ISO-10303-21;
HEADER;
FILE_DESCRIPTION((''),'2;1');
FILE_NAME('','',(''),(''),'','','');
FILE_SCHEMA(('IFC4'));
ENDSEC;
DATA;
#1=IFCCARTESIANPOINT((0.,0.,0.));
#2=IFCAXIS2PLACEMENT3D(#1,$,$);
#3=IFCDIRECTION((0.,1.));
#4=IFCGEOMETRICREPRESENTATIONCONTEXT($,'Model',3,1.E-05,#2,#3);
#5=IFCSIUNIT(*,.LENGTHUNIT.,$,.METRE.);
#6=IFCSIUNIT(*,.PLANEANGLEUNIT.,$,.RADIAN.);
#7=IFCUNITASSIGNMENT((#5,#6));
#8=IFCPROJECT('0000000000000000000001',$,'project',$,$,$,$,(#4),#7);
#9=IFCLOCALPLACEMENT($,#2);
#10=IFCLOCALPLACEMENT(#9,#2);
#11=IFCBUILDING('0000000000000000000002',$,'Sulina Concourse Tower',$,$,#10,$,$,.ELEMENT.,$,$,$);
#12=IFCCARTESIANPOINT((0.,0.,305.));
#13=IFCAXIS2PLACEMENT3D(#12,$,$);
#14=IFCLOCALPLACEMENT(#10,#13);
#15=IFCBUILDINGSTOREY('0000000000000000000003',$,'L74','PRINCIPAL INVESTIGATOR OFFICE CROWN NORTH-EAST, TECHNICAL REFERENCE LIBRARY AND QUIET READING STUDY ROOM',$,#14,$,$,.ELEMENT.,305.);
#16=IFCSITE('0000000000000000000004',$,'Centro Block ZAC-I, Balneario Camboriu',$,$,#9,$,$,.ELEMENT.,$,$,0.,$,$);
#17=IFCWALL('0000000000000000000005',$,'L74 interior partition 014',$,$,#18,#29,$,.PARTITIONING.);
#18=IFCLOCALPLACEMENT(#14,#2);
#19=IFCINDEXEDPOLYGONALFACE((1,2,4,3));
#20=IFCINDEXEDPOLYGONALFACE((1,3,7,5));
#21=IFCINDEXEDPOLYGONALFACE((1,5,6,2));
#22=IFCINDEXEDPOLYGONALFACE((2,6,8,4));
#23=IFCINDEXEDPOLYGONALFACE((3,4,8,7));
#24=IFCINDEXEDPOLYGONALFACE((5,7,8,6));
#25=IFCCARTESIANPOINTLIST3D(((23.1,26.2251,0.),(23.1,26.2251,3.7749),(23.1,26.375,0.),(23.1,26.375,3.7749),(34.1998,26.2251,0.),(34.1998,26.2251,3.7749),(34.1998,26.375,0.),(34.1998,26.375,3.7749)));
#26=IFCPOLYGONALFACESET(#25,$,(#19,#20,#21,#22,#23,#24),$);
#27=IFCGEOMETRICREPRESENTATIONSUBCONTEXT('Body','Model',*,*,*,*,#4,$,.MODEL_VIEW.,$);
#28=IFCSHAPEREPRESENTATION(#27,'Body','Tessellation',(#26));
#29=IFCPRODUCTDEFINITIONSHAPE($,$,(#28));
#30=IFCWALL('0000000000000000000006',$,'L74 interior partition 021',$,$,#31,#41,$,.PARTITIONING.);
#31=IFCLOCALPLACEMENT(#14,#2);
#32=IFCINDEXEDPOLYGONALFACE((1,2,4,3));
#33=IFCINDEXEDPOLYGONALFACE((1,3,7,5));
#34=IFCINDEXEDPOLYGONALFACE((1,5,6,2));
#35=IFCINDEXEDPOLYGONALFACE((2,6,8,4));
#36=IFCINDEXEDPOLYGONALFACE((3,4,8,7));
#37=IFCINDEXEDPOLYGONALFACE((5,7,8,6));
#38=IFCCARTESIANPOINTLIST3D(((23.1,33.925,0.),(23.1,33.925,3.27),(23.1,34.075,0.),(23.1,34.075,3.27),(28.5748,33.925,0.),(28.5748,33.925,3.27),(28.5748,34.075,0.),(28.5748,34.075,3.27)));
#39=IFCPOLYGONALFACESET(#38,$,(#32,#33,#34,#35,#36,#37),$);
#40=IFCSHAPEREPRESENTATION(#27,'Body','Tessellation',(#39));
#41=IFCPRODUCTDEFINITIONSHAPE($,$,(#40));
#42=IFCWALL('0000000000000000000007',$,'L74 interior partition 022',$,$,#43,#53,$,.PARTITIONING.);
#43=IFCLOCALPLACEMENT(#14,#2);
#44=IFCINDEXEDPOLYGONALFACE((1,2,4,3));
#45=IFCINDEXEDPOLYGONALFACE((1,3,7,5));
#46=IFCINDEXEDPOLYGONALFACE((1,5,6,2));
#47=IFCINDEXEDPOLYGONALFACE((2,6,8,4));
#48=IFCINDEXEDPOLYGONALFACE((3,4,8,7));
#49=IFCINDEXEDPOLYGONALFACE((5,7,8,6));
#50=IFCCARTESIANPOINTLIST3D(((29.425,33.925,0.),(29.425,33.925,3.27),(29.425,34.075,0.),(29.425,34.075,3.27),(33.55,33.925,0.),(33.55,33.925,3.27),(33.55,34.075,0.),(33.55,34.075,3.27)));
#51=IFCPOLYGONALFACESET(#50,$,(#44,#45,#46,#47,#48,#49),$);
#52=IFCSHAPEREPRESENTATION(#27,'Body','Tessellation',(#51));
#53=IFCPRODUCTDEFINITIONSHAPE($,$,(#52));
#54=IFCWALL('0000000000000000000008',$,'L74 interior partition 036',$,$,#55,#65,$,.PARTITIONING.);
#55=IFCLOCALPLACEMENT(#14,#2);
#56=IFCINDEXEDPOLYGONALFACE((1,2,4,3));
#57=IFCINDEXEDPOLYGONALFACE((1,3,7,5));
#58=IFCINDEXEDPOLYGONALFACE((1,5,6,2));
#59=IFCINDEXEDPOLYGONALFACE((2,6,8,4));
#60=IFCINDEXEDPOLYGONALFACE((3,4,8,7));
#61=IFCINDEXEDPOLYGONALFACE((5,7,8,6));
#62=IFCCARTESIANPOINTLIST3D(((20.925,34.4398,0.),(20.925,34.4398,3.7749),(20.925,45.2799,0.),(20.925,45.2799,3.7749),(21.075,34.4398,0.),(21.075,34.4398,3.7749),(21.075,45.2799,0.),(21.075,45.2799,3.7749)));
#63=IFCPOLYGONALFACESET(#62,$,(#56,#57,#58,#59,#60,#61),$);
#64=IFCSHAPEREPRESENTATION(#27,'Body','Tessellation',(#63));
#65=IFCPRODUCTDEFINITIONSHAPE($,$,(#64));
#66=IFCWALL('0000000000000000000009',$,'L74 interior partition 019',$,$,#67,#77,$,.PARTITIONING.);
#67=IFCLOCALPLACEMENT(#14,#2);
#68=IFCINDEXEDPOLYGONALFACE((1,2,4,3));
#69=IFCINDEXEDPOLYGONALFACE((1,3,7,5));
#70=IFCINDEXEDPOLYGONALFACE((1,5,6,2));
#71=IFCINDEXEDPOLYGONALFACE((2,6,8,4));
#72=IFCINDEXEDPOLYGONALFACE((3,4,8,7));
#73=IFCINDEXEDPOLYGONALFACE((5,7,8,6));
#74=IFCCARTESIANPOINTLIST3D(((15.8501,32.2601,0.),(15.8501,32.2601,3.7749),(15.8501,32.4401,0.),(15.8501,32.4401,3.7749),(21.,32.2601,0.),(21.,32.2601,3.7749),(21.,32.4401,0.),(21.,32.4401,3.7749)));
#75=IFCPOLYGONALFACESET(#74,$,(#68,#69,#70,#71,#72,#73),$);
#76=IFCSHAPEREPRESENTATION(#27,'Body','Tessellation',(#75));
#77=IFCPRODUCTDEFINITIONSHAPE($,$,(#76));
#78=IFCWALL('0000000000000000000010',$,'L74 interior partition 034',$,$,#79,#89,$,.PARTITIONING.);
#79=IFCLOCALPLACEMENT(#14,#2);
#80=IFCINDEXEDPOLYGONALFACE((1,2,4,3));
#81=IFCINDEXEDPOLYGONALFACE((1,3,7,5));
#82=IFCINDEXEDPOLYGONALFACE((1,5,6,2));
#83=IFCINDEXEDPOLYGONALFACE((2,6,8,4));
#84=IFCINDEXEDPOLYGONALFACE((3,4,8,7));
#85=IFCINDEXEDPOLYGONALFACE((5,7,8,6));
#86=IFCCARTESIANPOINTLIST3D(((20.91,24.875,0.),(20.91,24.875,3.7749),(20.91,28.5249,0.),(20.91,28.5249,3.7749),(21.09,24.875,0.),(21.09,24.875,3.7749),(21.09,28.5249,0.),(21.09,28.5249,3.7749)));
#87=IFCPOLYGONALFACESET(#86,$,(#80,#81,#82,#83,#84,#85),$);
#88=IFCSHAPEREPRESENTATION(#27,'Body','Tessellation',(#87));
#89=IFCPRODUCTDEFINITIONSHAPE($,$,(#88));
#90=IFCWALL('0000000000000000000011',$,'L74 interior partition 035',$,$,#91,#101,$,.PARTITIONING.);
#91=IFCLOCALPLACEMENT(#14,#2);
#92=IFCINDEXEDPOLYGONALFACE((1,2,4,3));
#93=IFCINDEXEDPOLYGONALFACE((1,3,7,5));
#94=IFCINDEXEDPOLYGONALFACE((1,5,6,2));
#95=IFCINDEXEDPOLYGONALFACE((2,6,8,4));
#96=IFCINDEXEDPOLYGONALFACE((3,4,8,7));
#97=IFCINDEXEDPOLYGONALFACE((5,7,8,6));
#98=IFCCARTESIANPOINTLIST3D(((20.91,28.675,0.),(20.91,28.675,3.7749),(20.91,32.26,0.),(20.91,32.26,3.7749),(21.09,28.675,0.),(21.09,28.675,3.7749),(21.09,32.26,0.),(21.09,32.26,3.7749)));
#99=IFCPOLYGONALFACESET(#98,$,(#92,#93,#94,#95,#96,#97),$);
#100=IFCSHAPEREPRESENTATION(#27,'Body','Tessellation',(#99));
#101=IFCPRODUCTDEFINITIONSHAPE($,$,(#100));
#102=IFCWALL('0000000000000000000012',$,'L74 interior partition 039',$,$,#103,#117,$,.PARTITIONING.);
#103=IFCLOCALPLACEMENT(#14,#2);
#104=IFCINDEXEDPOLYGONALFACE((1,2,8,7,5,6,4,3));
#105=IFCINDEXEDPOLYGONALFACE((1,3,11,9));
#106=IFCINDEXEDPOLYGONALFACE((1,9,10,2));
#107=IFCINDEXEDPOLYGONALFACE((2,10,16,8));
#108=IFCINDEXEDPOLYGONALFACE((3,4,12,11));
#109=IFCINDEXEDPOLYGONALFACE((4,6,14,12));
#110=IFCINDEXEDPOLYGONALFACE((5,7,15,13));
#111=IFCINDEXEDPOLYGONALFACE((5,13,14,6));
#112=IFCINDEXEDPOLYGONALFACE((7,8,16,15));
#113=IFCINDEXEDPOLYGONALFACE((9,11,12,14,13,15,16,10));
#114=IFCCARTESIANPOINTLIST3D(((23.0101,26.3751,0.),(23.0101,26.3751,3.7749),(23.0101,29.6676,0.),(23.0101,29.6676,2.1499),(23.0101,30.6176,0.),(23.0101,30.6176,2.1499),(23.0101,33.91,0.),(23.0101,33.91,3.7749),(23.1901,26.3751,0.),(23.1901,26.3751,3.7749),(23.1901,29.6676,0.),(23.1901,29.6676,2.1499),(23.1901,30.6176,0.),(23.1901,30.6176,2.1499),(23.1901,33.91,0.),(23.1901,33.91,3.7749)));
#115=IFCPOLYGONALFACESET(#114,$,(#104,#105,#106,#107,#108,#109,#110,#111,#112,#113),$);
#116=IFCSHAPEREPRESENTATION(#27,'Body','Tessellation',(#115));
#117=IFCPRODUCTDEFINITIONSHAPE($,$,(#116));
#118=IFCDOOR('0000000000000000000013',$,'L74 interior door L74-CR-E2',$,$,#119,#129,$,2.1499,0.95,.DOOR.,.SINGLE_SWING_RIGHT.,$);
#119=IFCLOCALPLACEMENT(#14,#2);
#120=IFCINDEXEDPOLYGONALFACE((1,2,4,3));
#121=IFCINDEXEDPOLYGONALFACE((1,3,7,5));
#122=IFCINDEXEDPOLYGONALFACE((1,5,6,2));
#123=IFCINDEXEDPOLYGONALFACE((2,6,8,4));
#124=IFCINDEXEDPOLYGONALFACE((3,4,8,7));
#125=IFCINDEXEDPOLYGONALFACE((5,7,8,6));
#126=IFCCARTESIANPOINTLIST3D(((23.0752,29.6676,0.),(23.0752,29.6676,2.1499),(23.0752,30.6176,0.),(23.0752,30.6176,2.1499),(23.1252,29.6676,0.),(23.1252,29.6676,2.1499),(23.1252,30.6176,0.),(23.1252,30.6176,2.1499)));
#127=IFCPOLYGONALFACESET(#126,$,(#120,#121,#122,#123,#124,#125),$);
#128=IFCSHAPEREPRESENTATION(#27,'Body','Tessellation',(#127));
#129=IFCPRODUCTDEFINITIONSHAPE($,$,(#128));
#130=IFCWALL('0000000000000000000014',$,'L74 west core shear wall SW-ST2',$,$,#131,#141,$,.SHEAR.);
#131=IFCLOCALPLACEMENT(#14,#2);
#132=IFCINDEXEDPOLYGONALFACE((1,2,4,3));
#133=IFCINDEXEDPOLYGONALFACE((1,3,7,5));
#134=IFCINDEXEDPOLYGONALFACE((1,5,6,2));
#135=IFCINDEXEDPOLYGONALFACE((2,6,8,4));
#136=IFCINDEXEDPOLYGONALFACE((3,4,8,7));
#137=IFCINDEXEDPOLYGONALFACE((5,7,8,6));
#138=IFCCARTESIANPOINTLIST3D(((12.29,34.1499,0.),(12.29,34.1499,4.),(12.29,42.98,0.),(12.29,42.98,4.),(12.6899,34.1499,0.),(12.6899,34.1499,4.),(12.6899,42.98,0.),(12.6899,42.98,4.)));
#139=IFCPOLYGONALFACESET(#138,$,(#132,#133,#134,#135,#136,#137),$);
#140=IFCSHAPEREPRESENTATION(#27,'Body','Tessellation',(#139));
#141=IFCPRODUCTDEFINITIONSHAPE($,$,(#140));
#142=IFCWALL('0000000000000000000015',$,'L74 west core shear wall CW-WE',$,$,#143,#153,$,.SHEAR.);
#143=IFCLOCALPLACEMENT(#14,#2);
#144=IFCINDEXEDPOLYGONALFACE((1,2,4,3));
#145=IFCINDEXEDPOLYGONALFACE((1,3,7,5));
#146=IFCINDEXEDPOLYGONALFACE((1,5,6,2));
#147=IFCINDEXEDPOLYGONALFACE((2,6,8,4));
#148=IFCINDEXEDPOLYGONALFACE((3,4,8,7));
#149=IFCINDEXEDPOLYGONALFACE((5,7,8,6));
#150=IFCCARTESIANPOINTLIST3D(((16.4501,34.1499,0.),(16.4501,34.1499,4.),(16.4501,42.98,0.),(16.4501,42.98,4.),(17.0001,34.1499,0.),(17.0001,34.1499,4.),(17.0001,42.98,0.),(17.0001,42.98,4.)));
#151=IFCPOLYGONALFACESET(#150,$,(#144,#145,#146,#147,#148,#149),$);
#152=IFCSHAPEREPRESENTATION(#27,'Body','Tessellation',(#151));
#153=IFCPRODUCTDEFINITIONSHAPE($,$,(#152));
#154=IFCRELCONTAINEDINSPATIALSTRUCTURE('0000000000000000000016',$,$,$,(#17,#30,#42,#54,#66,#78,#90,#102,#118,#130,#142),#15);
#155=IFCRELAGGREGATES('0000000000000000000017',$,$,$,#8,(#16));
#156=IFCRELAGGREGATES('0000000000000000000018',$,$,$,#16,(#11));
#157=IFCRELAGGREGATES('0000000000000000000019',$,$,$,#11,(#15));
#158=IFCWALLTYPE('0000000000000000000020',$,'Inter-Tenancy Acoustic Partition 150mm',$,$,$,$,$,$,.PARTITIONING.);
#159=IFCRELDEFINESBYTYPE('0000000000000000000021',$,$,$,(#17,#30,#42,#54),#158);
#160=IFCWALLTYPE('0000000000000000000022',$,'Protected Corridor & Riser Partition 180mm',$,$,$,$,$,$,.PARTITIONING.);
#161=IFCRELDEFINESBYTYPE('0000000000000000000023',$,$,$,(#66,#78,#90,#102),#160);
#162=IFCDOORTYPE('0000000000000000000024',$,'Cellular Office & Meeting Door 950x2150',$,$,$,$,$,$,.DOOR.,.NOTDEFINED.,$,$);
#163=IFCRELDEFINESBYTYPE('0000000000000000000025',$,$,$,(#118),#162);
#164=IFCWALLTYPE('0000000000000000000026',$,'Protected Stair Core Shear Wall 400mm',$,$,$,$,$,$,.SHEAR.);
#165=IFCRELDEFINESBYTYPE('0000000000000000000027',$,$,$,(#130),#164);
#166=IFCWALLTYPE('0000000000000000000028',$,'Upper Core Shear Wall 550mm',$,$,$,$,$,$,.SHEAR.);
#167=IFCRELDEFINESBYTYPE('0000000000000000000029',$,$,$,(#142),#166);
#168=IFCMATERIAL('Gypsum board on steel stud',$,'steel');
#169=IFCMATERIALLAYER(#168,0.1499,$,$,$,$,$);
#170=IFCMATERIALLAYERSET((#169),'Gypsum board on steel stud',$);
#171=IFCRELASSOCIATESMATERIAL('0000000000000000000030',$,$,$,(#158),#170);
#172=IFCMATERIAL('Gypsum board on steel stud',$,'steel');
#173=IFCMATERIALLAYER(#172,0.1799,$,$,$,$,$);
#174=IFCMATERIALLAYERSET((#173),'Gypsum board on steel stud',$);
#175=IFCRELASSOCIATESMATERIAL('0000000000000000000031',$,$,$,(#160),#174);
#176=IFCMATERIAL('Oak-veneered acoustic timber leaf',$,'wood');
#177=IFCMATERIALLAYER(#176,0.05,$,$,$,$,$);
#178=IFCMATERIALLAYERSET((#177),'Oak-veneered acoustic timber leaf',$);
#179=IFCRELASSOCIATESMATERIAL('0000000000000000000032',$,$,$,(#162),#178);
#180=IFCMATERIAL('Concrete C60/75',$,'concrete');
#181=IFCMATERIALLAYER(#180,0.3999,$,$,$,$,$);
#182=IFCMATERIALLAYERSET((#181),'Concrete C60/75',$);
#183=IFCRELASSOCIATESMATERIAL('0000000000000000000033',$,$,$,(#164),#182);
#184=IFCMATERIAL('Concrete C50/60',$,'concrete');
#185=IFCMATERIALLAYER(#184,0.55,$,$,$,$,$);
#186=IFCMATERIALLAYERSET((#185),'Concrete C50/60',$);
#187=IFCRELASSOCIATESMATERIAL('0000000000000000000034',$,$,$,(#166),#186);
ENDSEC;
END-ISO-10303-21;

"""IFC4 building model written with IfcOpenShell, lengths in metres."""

from ifc_helpers import new_model, si_unit, direction, frame, frame_2d, origin, place, context, subcontext, project, spatial, rectangle, extrude, material, layer, layer_set, type_object, element, fill, save


model = new_model("IFC4")

# Units and contexts
model_context = context("Model", 3, precision=1e-05, world=origin(), true_north=direction((0.0, 1.0)))
body_context = subcontext(model_context, "Body", "Model", "MODEL_VIEW")
ifc_project = project(units=[si_unit("LENGTHUNIT", "METRE"), si_unit("PLANEANGLEUNIT", "RADIAN")], contexts=[model_context])

# Site, building, storey
site_placement = place(None, origin())
site = spatial("IfcSite", under=ifc_project, at=site_placement, Name="Centro Block ZAC-I, Balneario Camboriu", CompositionType="ELEMENT", RefElevation=0.0)
building_placement = place(site_placement, origin())
building = spatial("IfcBuilding", under=site, at=building_placement, Name="Sulina Concourse Tower", CompositionType="ELEMENT")
storey_placement = place(building_placement, frame((0.0, 0.0, 305.0)))
storey = spatial("IfcBuildingStorey", under=building, at=storey_placement, Name="L74", Description="PRINCIPAL INVESTIGATOR OFFICE CROWN NORTH-EAST, TECHNICAL REFERENCE LIBRARY AND QUIET READING STUDY ROOM", CompositionType="ELEMENT", Elevation=305.0)

# Wall
ifc_material_1 = material(Name="Gypsum board on steel stud", Category="steel")
ifc_layer_1 = layer(ifc_material_1, 0.1499)
ifc_layer_set_1 = layer_set([ifc_layer_1], Name="Gypsum board on steel stud")
wall_type_1 = type_object("IfcWallType", Name="Inter-Tenancy Acoustic Partition 150mm", PredefinedType="PARTITIONING", material=ifc_layer_set_1)
wall_1_placement = place(storey_placement, frame((23.1001, 26.3, 0.0), z_axis=(0.0, 0.0, 1.0), x_axis=(1.0, 0.0, 0.0)))
element("IfcWall", 1, at=wall_1_placement, inside=storey, type_object=wall_type_1, Name="L74 interior partition 014", PredefinedType="PARTITIONING", context=body_context, shape_type="SweptSolid", body=[
    extrude(rectangle(XDim=11.0999, YDim=0.1499, at=frame_2d((5.5498, 0.0))), origin(), (0.0, 0.0, 1.0), 3.7749),
])

# Walls
wall_2_placement = place(storey_placement, frame((23.1001, 34.0, 0.0), z_axis=(0.0, 0.0, 1.0), x_axis=(1.0, 0.0, 0.0)))
element("IfcWall", 2, at=wall_2_placement, inside=storey, type_object=wall_type_1, Name="L74 interior partition 021", PredefinedType="PARTITIONING", context=body_context, shape_type="SweptSolid", body=[
    extrude(rectangle(XDim=5.4749, YDim=0.1499, at=frame_2d((2.7373, 0.0))), origin(), (0.0, 0.0, 1.0), 3.27),
])
wall_3_placement = place(storey_placement, frame((29.425, 34.0, 0.0), z_axis=(0.0, 0.0, 1.0), x_axis=(1.0, 0.0, 0.0)))
element("IfcWall", 3, at=wall_3_placement, inside=storey, type_object=wall_type_1, Name="L74 interior partition 022", PredefinedType="PARTITIONING", context=body_context, shape_type="SweptSolid", body=[
    extrude(rectangle(XDim=4.125, YDim=0.1499, at=frame_2d((2.0625, 0.0))), origin(), (0.0, 0.0, 1.0), 3.27),
])
wall_4_placement = place(storey_placement, frame((21.0, 34.4399, 0.0), z_axis=(0.0, 0.0, 1.0), x_axis=(0.0, 1.0, 0.0)))
element("IfcWall", 4, at=wall_4_placement, inside=storey, type_object=wall_type_1, Name="L74 interior partition 036", PredefinedType="PARTITIONING", context=body_context, shape_type="SweptSolid", body=[
    extrude(rectangle(XDim=10.8401, YDim=0.1499, at=frame_2d((5.4199, 0.0))), origin(), (0.0, 0.0, 1.0), 3.7749),
])
ifc_material_2 = material(Name="Gypsum board on steel stud", Category="steel")
ifc_layer_2 = layer(ifc_material_2, 0.1799)
ifc_layer_set_2 = layer_set([ifc_layer_2], Name="Gypsum board on steel stud")
wall_type_2 = type_object("IfcWallType", Name="Protected Corridor & Riser Partition 180mm", PredefinedType="PARTITIONING", material=ifc_layer_set_2)
wall_5_placement = place(storey_placement, frame((15.8501, 32.3501, 0.0), z_axis=(0.0, 0.0, 1.0), x_axis=(1.0, 0.0, 0.0)))
element("IfcWall", 5, at=wall_5_placement, inside=storey, type_object=wall_type_2, Name="L74 interior partition 019", PredefinedType="PARTITIONING", context=body_context, shape_type="SweptSolid", body=[
    extrude(rectangle(XDim=5.1499, YDim=0.1799, at=frame_2d((2.575, 0.0))), origin(), (0.0, 0.0, 1.0), 3.7749),
])

# Walls
wall_6_placement = place(storey_placement, frame((21.0, 24.875, 0.0), z_axis=(0.0, 0.0, 1.0), x_axis=(0.0, 1.0, 0.0)))
element("IfcWall", 6, at=wall_6_placement, inside=storey, type_object=wall_type_2, Name="L74 interior partition 034", PredefinedType="PARTITIONING", context=body_context, shape_type="SweptSolid", body=[
    extrude(rectangle(XDim=3.6499, YDim=0.1799, at=frame_2d((1.825, 0.0))), origin(), (0.0, 0.0, 1.0), 3.7749),
])
wall_7_placement = place(storey_placement, frame((21.0, 28.675, 0.0), z_axis=(0.0, 0.0, 1.0), x_axis=(0.0, 1.0, 0.0)))
element("IfcWall", 7, at=wall_7_placement, inside=storey, type_object=wall_type_2, Name="L74 interior partition 035", PredefinedType="PARTITIONING", context=body_context, shape_type="SweptSolid", body=[
    extrude(rectangle(XDim=3.585, YDim=0.1799, at=frame_2d((1.7925, 0.0))), origin(), (0.0, 0.0, 1.0), 3.7749),
])

# Wall, opening, door
wall_8_placement = place(storey_placement, frame((23.1001, 26.375, 0.0), z_axis=(0.0, 0.0, 1.0), x_axis=(0.0, 1.0, 0.0)))
wall_8 = element("IfcWall", 8, at=wall_8_placement, inside=storey, type_object=wall_type_2, Name="L74 interior partition 039", PredefinedType="PARTITIONING", context=body_context, shape_type="SweptSolid", body=[
    extrude(rectangle(XDim=7.5349, YDim=0.1799, at=frame_2d((3.7676, 0.0))), origin(), (0.0, 0.0, 1.0), 3.7749),
])
opening_1_placement = place(wall_8_placement, frame((3.2925, 0.0, 0.0)))
opening_1 = element("IfcOpeningElement", 9, at=opening_1_placement, cuts=wall_8, PredefinedType="OPENING", context=body_context, shape_type="SweptSolid", body=[
    extrude(rectangle(XDim=0.95, YDim=2.1499, at=frame_2d((0.4751, 1.075))), frame((0.0, 0.0999, 0.0), z_axis=(0.0, -1.0, 0.0), x_axis=(1.0, 0.0, 0.0)), (0.0, 0.0, 1.0), 0.2),
])
ifc_material_3 = material(Name="Oak-veneered acoustic timber leaf", Category="wood")
ifc_layer_3 = layer(ifc_material_3, 0.05)
ifc_layer_set_3 = layer_set([ifc_layer_3], Name="Oak-veneered acoustic timber leaf")
door_type_1 = type_object("IfcDoorType", Name="Cellular Office & Meeting Door 950x2150", OperationType="NOTDEFINED", PredefinedType="DOOR", material=ifc_layer_set_3)
door_1_placement = place(opening_1_placement, origin())
door_1 = element("IfcDoor", 10, at=door_1_placement, inside=storey, type_object=door_type_1, Name="L74 interior door L74-CR-E2", OperationType="SINGLE_SWING_RIGHT", OverallHeight=2.1499, OverallWidth=0.95, PredefinedType="DOOR", context=body_context, shape_type="SweptSolid", body=[
    extrude(rectangle(XDim=0.95, YDim=2.1499, at=frame_2d((0.4751, 1.075))), frame((0.0, 0.0249, 0.0), z_axis=(0.0, -1.0, 0.0), x_axis=(1.0, 0.0, 0.0)), (0.0, 0.0, 1.0), 0.05),
])
fill(opening_1, door_1)

# Walls
ifc_material_4 = material(Name="Concrete C60/75", Category="concrete")
ifc_layer_4 = layer(ifc_material_4, 0.3999)
ifc_layer_set_4 = layer_set([ifc_layer_4], Name="Concrete C60/75")
wall_type_3 = type_object("IfcWallType", Name="Protected Stair Core Shear Wall 400mm", PredefinedType="SHEAR", material=ifc_layer_set_4)
wall_9_placement = place(storey_placement, frame((12.49, 34.1499, 0.0), z_axis=(0.0, 0.0, 1.0), x_axis=(0.0, 1.0, 0.0)))
element("IfcWall", 11, at=wall_9_placement, inside=storey, type_object=wall_type_3, Name="L74 west core shear wall SW-ST2", PredefinedType="SHEAR", context=body_context, shape_type="SweptSolid", body=[
    extrude(rectangle(XDim=8.8301, YDim=0.3999, at=frame_2d((4.415, 0.0))), origin(), (0.0, 0.0, 1.0), 4.0),
])
ifc_material_5 = material(Name="Concrete C50/60", Category="concrete")
ifc_layer_5 = layer(ifc_material_5, 0.55)
ifc_layer_set_5 = layer_set([ifc_layer_5], Name="Concrete C50/60")
wall_type_4 = type_object("IfcWallType", Name="Upper Core Shear Wall 550mm", PredefinedType="SHEAR", material=ifc_layer_set_5)
wall_10_placement = place(storey_placement, frame((16.7251, 34.1499, 0.0), z_axis=(0.0, 0.0, 1.0), x_axis=(0.0, 1.0, 0.0)))
element("IfcWall", 12, at=wall_10_placement, inside=storey, type_object=wall_type_4, Name="L74 west core shear wall CW-WE", PredefinedType="SHEAR", context=body_context, shape_type="SweptSolid", body=[
    extrude(rectangle(XDim=8.8301, YDim=0.55, at=frame_2d((4.415, 0.0))), origin(), (0.0, 0.0, 1.0), 4.0),
])

save(model, "model.ifc")
